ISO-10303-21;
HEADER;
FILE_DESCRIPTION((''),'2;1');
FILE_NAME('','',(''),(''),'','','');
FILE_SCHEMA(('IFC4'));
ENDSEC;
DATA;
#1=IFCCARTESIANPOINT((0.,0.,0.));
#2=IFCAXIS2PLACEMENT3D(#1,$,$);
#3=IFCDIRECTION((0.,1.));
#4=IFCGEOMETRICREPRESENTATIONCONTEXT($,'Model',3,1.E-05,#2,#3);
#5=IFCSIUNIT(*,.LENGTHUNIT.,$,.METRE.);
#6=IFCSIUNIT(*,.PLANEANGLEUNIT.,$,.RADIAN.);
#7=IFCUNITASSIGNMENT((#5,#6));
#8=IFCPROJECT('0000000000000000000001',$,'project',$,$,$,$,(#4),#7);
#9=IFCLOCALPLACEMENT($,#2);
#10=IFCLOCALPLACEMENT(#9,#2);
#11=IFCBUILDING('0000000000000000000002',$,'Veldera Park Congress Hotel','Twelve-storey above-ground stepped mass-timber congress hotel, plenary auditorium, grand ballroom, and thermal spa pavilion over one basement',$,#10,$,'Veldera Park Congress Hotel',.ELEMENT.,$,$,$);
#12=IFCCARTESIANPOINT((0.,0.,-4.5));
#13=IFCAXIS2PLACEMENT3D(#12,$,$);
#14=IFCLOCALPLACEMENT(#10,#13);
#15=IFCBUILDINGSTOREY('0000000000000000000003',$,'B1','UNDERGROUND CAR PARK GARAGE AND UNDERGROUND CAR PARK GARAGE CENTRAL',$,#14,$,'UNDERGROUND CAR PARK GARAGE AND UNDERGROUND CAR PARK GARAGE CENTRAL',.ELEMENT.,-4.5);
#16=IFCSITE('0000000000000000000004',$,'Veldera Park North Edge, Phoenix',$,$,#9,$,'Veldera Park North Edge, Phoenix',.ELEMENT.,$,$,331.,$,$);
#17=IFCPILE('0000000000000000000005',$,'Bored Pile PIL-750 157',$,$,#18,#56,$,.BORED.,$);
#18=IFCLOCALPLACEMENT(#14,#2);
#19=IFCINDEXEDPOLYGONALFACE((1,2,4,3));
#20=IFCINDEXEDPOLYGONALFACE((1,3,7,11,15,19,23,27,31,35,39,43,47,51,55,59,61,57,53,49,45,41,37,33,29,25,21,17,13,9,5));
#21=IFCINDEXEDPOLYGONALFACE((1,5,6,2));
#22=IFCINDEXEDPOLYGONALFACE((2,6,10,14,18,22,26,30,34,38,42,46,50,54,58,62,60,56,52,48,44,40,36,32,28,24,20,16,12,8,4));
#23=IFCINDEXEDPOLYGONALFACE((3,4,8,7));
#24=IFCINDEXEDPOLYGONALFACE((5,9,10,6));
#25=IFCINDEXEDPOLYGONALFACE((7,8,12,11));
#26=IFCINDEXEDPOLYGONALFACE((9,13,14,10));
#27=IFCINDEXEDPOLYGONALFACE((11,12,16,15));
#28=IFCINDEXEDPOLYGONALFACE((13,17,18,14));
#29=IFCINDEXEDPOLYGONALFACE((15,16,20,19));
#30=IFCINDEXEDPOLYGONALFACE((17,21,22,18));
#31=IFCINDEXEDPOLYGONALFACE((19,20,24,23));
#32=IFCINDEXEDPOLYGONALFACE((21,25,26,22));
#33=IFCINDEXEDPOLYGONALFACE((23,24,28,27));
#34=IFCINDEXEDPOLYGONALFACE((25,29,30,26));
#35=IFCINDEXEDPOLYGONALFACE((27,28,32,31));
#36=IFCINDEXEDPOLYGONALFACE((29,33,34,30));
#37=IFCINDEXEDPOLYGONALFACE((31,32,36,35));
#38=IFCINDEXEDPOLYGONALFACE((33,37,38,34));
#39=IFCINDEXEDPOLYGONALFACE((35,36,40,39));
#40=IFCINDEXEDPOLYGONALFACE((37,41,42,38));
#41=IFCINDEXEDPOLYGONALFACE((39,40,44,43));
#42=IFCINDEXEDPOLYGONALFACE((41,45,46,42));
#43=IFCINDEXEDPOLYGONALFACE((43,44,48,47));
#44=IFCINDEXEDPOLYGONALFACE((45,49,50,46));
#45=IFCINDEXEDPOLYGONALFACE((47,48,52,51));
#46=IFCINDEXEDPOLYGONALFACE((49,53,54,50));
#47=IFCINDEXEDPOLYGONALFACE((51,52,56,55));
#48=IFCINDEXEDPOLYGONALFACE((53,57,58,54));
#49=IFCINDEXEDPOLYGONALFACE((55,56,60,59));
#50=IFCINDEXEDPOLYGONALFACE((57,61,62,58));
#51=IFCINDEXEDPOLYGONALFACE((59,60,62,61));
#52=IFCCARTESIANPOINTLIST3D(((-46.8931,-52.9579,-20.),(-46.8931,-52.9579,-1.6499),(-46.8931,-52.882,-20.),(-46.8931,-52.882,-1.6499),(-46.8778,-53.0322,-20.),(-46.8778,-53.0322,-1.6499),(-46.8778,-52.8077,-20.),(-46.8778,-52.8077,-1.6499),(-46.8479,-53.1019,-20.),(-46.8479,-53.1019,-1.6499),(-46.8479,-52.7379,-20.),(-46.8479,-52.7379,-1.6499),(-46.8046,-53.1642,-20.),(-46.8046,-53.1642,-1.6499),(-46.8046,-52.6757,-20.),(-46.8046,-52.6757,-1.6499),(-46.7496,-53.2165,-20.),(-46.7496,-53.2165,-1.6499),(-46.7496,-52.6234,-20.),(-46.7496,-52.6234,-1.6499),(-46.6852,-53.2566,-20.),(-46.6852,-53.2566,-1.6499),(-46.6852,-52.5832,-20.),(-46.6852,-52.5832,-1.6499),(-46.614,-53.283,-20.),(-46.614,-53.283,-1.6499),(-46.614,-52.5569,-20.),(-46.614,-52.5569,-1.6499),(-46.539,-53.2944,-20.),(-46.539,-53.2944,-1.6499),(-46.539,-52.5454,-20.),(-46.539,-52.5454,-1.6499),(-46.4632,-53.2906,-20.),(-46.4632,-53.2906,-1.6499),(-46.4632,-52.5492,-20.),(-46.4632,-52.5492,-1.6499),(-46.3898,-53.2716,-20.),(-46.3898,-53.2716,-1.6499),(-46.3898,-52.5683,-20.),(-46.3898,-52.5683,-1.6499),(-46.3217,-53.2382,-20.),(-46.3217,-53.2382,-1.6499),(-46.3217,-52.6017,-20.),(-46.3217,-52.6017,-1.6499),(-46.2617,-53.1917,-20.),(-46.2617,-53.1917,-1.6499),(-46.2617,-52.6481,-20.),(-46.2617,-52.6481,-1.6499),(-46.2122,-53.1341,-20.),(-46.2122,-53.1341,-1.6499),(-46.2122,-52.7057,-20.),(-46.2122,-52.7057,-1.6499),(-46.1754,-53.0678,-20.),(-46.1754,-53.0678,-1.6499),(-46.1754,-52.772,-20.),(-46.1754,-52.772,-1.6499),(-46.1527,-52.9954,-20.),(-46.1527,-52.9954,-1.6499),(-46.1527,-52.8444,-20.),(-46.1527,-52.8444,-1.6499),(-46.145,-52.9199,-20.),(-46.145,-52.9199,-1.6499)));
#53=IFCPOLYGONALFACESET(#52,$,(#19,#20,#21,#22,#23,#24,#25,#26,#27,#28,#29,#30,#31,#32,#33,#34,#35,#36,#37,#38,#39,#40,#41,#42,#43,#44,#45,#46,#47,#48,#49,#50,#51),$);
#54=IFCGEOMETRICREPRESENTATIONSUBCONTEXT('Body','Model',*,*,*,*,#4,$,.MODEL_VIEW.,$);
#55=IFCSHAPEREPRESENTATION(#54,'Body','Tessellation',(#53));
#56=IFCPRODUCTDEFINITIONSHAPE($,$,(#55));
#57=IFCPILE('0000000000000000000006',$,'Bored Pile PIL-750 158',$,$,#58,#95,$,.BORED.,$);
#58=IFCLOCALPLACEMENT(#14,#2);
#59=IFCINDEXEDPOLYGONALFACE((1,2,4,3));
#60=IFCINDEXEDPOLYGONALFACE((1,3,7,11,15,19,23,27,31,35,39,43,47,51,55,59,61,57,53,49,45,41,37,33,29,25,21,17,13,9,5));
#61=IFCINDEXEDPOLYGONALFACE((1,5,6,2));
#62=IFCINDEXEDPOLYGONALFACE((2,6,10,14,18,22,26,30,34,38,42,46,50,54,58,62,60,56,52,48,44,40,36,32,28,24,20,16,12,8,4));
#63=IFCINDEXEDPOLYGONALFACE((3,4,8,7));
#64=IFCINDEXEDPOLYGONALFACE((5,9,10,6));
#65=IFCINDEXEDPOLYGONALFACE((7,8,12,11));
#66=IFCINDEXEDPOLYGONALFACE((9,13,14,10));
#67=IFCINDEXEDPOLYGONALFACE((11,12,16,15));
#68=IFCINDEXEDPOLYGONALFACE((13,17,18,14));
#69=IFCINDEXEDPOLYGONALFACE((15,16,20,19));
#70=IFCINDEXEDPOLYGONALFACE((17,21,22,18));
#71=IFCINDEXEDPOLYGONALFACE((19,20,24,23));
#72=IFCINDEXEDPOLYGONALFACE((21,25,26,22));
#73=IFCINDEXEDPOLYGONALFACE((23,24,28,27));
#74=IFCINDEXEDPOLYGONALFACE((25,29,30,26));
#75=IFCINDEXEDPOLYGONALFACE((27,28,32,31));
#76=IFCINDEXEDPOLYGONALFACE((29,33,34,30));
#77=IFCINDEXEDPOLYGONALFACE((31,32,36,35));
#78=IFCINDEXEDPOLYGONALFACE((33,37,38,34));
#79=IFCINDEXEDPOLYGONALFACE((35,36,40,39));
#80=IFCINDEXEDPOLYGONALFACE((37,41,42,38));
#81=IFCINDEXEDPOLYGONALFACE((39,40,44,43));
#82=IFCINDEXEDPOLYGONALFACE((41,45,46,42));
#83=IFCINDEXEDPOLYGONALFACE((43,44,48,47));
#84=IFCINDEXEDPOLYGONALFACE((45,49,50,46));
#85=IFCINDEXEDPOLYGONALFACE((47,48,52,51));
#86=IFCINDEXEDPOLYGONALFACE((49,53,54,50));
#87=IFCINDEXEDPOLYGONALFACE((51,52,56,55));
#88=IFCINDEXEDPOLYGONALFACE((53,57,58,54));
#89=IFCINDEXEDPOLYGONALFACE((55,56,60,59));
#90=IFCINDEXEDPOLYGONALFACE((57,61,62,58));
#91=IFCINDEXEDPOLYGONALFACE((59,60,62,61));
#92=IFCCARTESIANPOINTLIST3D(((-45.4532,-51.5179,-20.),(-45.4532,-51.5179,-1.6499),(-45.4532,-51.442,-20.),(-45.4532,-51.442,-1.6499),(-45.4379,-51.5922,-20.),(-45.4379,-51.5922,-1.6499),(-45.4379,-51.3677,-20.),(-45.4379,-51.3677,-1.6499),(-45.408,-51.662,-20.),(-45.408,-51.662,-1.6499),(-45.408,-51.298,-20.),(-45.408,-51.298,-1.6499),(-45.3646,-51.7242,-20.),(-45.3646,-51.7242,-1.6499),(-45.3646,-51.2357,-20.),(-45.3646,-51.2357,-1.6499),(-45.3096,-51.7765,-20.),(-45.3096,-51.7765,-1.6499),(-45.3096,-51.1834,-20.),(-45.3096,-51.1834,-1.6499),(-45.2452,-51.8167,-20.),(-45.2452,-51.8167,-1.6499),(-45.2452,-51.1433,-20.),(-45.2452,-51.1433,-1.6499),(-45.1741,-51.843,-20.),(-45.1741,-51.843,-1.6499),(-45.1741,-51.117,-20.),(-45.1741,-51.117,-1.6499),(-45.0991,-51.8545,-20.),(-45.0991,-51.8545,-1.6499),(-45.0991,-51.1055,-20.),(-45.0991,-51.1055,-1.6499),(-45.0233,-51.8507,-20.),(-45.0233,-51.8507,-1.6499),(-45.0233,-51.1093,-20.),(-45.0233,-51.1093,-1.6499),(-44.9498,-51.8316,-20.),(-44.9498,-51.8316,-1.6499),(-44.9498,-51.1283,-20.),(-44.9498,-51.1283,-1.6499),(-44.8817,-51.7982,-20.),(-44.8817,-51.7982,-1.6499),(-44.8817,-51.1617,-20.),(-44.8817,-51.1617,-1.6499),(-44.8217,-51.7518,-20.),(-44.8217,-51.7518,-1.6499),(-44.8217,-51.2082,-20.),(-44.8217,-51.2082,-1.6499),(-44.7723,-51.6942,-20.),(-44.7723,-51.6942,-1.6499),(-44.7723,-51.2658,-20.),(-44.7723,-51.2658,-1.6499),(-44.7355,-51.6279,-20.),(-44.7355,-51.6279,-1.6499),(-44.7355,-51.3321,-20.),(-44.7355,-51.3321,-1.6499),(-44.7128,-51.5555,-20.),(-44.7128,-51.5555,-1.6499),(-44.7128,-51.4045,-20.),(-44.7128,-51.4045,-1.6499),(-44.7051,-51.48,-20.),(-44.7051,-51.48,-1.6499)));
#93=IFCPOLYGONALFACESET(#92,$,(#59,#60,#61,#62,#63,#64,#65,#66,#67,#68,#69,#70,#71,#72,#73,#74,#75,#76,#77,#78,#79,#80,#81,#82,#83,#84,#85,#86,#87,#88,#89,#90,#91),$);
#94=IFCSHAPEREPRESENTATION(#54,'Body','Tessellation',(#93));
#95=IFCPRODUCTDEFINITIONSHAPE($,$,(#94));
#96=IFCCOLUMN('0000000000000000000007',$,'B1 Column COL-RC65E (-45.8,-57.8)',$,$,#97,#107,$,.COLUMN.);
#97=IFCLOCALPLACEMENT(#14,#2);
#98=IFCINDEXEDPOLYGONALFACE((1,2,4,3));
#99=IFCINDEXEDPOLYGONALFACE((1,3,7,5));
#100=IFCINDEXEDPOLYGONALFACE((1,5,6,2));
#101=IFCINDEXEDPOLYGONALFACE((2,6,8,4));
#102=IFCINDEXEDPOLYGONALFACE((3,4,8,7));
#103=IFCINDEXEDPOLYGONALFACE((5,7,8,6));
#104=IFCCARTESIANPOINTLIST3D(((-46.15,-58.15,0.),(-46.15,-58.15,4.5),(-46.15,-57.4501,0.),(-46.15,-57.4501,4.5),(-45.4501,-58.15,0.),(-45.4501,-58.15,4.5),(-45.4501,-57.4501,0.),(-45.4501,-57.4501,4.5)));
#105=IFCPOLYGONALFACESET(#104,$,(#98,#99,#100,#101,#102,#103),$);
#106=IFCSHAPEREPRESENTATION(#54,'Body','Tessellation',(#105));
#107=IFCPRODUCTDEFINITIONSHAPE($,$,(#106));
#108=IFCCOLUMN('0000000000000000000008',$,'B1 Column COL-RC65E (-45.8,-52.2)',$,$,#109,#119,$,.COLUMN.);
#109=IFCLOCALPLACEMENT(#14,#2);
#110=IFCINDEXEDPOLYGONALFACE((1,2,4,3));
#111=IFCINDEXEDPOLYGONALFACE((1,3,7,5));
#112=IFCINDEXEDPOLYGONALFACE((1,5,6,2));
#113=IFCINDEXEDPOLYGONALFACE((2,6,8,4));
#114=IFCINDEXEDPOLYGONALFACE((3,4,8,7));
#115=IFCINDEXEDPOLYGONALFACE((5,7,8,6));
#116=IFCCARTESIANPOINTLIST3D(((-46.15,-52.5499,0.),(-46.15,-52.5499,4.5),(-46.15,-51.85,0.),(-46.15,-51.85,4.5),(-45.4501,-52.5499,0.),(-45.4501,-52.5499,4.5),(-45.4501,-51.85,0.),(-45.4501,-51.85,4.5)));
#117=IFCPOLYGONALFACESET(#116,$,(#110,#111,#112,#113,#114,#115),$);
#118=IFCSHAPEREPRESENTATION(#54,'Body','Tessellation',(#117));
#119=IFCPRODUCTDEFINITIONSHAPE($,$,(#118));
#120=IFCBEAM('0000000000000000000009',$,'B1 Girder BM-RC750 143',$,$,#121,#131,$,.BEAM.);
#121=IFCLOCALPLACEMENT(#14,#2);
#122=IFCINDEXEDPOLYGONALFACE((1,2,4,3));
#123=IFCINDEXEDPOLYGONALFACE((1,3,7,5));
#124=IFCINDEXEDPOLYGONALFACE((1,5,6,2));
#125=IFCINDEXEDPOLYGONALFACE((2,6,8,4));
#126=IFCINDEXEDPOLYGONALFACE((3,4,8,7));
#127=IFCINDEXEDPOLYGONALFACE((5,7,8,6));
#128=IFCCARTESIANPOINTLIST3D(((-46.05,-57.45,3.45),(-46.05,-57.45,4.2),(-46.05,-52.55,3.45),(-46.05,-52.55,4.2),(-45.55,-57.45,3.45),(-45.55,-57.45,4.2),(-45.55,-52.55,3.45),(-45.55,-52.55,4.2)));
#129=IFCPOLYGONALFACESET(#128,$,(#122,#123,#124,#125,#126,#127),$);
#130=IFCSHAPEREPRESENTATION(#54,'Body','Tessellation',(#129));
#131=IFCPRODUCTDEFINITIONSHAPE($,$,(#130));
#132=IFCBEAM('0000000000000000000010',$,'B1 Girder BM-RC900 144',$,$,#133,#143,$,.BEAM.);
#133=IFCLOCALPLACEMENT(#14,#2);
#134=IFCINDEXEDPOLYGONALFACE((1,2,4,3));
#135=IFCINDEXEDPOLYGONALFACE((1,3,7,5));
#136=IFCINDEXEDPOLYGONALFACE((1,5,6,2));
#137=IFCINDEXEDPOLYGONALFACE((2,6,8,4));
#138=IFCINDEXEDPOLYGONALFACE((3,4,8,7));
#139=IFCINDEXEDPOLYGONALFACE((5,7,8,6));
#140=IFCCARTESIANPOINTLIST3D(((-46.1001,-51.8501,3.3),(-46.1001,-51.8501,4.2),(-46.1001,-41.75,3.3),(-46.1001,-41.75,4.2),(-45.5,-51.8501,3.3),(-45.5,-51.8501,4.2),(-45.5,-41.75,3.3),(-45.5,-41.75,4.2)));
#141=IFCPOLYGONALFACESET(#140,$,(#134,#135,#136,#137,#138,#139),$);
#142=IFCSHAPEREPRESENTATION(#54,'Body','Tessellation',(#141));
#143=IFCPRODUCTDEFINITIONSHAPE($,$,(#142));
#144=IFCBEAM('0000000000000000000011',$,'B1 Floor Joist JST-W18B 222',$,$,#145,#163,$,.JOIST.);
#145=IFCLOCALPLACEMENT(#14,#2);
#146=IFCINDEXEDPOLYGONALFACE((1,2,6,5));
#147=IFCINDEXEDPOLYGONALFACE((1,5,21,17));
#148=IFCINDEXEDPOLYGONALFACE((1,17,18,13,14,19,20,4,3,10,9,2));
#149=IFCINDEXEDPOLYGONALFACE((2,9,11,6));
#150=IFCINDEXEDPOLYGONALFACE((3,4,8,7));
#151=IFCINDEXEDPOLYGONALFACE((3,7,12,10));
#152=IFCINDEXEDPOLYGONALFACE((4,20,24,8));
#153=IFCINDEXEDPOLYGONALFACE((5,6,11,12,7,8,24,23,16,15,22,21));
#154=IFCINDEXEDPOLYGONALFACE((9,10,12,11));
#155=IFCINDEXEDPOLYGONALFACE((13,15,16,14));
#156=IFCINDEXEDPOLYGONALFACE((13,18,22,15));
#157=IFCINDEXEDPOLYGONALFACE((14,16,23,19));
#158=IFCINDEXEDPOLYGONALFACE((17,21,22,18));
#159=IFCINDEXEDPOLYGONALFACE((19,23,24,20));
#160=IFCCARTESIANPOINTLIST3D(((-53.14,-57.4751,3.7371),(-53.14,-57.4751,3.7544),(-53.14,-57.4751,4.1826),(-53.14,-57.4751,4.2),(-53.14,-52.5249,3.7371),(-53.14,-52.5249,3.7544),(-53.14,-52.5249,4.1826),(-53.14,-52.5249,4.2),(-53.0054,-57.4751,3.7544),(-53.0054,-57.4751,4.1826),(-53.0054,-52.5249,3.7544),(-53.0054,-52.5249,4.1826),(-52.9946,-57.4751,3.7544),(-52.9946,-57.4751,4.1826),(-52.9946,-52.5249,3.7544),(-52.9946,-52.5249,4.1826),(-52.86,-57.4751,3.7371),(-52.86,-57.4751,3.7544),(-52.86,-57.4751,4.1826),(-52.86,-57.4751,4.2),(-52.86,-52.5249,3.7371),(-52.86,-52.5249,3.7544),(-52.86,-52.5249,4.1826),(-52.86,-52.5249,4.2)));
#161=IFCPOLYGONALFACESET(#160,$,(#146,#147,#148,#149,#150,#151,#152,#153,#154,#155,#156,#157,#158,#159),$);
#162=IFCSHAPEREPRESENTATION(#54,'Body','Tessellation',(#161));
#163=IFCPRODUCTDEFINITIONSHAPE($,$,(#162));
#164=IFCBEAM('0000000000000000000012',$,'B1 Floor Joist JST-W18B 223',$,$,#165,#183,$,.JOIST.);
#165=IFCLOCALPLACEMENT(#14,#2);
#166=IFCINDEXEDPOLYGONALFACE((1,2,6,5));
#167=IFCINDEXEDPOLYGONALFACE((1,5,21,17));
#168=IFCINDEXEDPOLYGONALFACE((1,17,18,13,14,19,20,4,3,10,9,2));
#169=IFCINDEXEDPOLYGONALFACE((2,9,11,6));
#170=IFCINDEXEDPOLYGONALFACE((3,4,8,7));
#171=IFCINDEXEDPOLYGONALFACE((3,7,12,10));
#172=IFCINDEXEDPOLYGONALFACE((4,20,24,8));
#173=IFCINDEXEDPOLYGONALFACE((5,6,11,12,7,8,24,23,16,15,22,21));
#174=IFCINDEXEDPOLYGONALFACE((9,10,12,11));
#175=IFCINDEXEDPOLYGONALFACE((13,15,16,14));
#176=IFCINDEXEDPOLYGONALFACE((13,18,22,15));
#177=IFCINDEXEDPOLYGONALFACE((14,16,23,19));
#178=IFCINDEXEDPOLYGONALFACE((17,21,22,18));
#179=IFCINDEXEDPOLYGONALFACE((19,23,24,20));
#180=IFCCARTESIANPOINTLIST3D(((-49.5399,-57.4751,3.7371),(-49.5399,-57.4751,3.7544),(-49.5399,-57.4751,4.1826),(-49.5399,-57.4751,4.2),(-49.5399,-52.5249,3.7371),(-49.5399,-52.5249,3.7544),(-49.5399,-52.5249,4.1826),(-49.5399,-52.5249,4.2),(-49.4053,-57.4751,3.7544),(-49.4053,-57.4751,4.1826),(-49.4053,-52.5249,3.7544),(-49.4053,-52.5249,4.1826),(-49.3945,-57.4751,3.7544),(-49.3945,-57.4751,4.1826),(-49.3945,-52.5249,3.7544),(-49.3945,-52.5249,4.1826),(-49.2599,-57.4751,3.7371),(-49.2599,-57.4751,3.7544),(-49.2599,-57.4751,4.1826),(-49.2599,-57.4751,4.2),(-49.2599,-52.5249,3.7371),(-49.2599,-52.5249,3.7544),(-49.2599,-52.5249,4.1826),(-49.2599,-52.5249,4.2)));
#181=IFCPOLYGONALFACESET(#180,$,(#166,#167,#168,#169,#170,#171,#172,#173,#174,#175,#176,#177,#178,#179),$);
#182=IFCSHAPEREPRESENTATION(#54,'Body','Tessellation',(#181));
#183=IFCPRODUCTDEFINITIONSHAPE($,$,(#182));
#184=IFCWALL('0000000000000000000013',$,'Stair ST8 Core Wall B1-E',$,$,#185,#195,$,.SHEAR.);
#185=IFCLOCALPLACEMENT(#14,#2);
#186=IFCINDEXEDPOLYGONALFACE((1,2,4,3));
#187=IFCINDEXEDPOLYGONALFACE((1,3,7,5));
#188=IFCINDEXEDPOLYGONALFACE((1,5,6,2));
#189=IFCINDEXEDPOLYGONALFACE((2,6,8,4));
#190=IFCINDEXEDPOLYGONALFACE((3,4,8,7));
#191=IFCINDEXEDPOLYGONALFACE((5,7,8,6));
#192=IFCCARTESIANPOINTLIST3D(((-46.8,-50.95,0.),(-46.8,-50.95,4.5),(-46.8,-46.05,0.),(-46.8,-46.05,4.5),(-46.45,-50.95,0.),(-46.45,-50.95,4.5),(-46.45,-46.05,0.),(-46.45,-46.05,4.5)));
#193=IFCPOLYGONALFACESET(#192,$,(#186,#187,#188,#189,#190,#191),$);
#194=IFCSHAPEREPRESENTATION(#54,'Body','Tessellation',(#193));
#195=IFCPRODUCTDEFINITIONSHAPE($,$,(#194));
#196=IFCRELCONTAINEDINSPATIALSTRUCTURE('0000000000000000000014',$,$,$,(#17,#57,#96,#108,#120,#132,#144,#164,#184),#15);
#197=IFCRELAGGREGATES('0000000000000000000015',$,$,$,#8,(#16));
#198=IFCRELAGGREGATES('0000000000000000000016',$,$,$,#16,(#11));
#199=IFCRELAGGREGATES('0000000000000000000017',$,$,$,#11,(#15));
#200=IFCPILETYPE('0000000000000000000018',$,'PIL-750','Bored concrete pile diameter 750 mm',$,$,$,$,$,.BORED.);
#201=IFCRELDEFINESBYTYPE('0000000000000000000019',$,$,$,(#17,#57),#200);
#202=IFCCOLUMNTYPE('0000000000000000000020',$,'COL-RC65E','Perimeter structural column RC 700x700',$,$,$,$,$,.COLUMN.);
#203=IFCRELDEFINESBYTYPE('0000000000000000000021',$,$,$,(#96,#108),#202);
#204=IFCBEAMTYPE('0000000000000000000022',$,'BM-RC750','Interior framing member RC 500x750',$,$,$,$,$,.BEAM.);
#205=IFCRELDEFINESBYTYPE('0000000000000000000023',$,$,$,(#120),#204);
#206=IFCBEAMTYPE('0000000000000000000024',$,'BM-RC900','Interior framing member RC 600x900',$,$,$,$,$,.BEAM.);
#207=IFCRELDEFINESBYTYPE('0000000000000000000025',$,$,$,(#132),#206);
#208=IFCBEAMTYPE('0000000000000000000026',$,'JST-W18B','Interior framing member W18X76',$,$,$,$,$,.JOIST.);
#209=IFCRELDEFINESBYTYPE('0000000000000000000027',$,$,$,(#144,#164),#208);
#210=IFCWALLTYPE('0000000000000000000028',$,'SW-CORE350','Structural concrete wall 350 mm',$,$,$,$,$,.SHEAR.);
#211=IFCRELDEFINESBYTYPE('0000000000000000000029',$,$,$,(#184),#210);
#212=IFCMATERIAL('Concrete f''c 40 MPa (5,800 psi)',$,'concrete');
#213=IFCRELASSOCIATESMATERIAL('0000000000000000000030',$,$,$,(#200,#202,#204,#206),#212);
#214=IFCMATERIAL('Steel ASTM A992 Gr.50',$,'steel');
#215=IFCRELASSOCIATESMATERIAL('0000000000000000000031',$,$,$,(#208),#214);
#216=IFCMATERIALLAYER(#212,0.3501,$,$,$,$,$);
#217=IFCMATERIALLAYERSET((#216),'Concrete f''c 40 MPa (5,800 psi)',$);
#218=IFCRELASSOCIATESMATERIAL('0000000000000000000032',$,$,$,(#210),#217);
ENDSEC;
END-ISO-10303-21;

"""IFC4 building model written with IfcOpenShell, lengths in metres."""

from ifc_helpers import new_model, si_unit, direction, frame, frame_2d, origin, origin_2d, place, context, subcontext, project, spatial, rectangle, circle, i_section, extrude, material, layer, layer_set, material_profile, profile_set, type_object, element, save


model = new_model("IFC4")

# Units and contexts
model_context = context("Model", 3, precision=1e-05, world=origin(), true_north=direction((0.0, 1.0)))
body_context = subcontext(model_context, "Body", "Model", "MODEL_VIEW")
ifc_project = project(units=[si_unit("LENGTHUNIT", "METRE"), si_unit("PLANEANGLEUNIT", "RADIAN")], contexts=[model_context])

# Site, building, storey
site_placement = place(None, origin())
site = spatial("IfcSite", under=ifc_project, at=site_placement, Name="Veldera Park North Edge, Phoenix", LongName="Veldera Park North Edge, Phoenix", CompositionType="ELEMENT", RefElevation=331.0)
building_placement = place(site_placement, origin())
building = spatial("IfcBuilding", under=site, at=building_placement, Name="Veldera Park Congress Hotel", Description="Twelve-storey above-ground stepped mass-timber congress hotel, plenary auditorium, grand ballroom, and thermal spa pavilion over one basement", LongName="Veldera Park Congress Hotel", CompositionType="ELEMENT")
storey_placement = place(building_placement, frame((0.0, 0.0, -4.5)))
storey = spatial("IfcBuildingStorey", under=building, at=storey_placement, Name="B1", Description="UNDERGROUND CAR PARK GARAGE AND UNDERGROUND CAR PARK GARAGE CENTRAL", LongName="UNDERGROUND CAR PARK GARAGE AND UNDERGROUND CAR PARK GARAGE CENTRAL", CompositionType="ELEMENT", Elevation=-4.5)

# Shared definitions
ifc_material_1 = material(Name="Concrete f'c 40 MPa (5,800 psi)", Category="concrete")

# Piles
ifc_material_profile_1 = material_profile(ifc_material_1, circle(Radius=0.375, at=origin_2d()), Name="PILE D750")
ifc_profile_set_1 = profile_set([ifc_material_profile_1], Name="Concrete f'c 40 MPa (5,800 psi)")
pile_type = type_object("IfcPileType", Name="PIL-750", Description="Bored concrete pile diameter 750 mm", PredefinedType="BORED", material=ifc_profile_set_1)
for number, where, z_axis, x_axis, name in (
    (1, (-46.52, -52.9199, -1.6499), (0.0, 0.0, -1.0), (1.0, 0.0, 0.0), "Bored Pile PIL-750 157"),
    (2, (-45.0801, -51.48, -1.6499), (0.0, 0.0, -1.0), (1.0, 0.0, 0.0), "Bored Pile PIL-750 158"),
):
    element("IfcPile", number, at=place(storey_placement, frame(where, z_axis=z_axis, x_axis=x_axis)), inside=storey, type_object=pile_type, Name=name, PredefinedType="BORED", context=body_context, shape_type="SweptSolid", body=[
        extrude(circle(Radius=0.375, at=origin_2d()), origin(), (0.0, 0.0, 1.0), 18.3501),
    ])

# Columns
ifc_material_profile_2 = material_profile(ifc_material_1, rectangle(XDim=0.7, YDim=0.7, at=origin_2d()), Name="RC 700x700")
ifc_profile_set_2 = profile_set([ifc_material_profile_2], Name="Concrete f'c 40 MPa (5,800 psi)")
column_type = type_object("IfcColumnType", Name="COL-RC65E", Description="Perimeter structural column RC 700x700", PredefinedType="COLUMN", material=ifc_profile_set_2)
for number, where, z_axis, x_axis, name in (
    (3, (-45.8, -57.8, 0.0), (0.0, 0.0, 1.0), (1.0, 0.0, 0.0), "B1 Column COL-RC65E (-45.8,-57.8)"),
    (4, (-45.8, -52.2, 0.0), (0.0, 0.0, 1.0), (1.0, 0.0, 0.0), "B1 Column COL-RC65E (-45.8,-52.2)"),
):
    element("IfcColumn", number, at=place(storey_placement, frame(where, z_axis=z_axis, x_axis=x_axis)), inside=storey, type_object=column_type, Name=name, PredefinedType="COLUMN", context=body_context, shape_type="SweptSolid", body=[
        extrude(rectangle(XDim=0.7, YDim=0.7, at=origin_2d()), origin(), (0.0, 0.0, 1.0), 4.5),
    ])

# Beams
ifc_material_profile_3 = material_profile(ifc_material_1, rectangle(XDim=0.5, YDim=0.75, at=origin_2d()), Name="RC 500x750")
ifc_profile_set_3 = profile_set([ifc_material_profile_3], Name="Concrete f'c 40 MPa (5,800 psi)")
beam_type_1 = type_object("IfcBeamType", Name="BM-RC750", Description="Interior framing member RC 500x750", PredefinedType="BEAM", material=ifc_profile_set_3)
beam_1_placement = place(storey_placement, frame((-45.8, -57.45, 3.825), z_axis=(0.0, 1.0, 0.0), x_axis=(-1.0, 0.0, 0.0)))
element("IfcBeam", 5, at=beam_1_placement, inside=storey, type_object=beam_type_1, Name="B1 Girder BM-RC750 143", PredefinedType="BEAM", context=body_context, shape_type="SweptSolid", body=[
    extrude(rectangle(XDim=0.5, YDim=0.75, at=origin_2d()), origin(), (0.0, 0.0, 1.0), 4.8999),
])
ifc_material_profile_4 = material_profile(ifc_material_1, rectangle(XDim=0.6001, YDim=0.8999, at=origin_2d()), Name="RC 600x900")
ifc_profile_set_4 = profile_set([ifc_material_profile_4], Name="Concrete f'c 40 MPa (5,800 psi)")
beam_type_2 = type_object("IfcBeamType", Name="BM-RC900", Description="Interior framing member RC 600x900", PredefinedType="BEAM", material=ifc_profile_set_4)
beam_2_placement = place(storey_placement, frame((-45.8, -51.8501, 3.75), z_axis=(0.0, 1.0, 0.0), x_axis=(-1.0, 0.0, 0.0)))
element("IfcBeam", 6, at=beam_2_placement, inside=storey, type_object=beam_type_2, Name="B1 Girder BM-RC900 144", PredefinedType="BEAM", context=body_context, shape_type="SweptSolid", body=[
    extrude(rectangle(XDim=0.6001, YDim=0.8999, at=origin_2d()), origin(), (0.0, 0.0, 1.0), 10.1001),
])
ifc_material_2 = material(Name="Steel ASTM A992 Gr.50", Category="steel")
ifc_material_profile_5 = material_profile(ifc_material_2, i_section(OverallWidth=0.28, OverallDepth=0.4629, WebThickness=0.0107, FlangeThickness=0.0173, at=origin_2d()), Name="W18X76")
ifc_profile_set_5 = profile_set([ifc_material_profile_5], Name="Steel ASTM A992 Gr.50")
beam_type_3 = type_object("IfcBeamType", Name="JST-W18B", Description="Interior framing member W18X76", PredefinedType="JOIST", material=ifc_profile_set_5)
for number, where, z_axis, x_axis, name in (
    (7, (-53.0, -57.4751, 3.9685), (0.0, 1.0, 0.0), (-1.0, 0.0, 0.0), "B1 Floor Joist JST-W18B 222"),
    (8, (-49.3999, -57.4751, 3.9685), (0.0, 1.0, 0.0), (-1.0, 0.0, 0.0), "B1 Floor Joist JST-W18B 223"),
):
    element("IfcBeam", number, at=place(storey_placement, frame(where, z_axis=z_axis, x_axis=x_axis)), inside=storey, type_object=beam_type_3, Name=name, PredefinedType="JOIST", context=body_context, shape_type="SweptSolid", body=[
        extrude(i_section(OverallWidth=0.28, OverallDepth=0.4629, WebThickness=0.0107, FlangeThickness=0.0173, at=origin_2d()), origin(), (0.0, 0.0, 1.0), 4.9502),
    ])

# Wall
ifc_layer_1 = layer(ifc_material_1, 0.3501)
ifc_layer_set_1 = layer_set([ifc_layer_1], Name="Concrete f'c 40 MPa (5,800 psi)")
wall_type_1 = type_object("IfcWallType", Name="SW-CORE350", Description="Structural concrete wall 350 mm", PredefinedType="SHEAR", material=ifc_layer_set_1)
wall_1_placement = place(storey_placement, frame((-46.625, -50.95, 0.0), z_axis=(0.0, 0.0, 1.0), x_axis=(0.0, 1.0, 0.0)))
element("IfcWall", 9, at=wall_1_placement, inside=storey, type_object=wall_type_1, Name="Stair ST8 Core Wall B1-E", PredefinedType="SHEAR", context=body_context, shape_type="SweptSolid", body=[
    extrude(rectangle(XDim=4.8999, YDim=0.3501, at=frame_2d((2.45, 0.0))), origin(), (0.0, 0.0, 1.0), 4.5),
])

save(model, "model.ifc")
